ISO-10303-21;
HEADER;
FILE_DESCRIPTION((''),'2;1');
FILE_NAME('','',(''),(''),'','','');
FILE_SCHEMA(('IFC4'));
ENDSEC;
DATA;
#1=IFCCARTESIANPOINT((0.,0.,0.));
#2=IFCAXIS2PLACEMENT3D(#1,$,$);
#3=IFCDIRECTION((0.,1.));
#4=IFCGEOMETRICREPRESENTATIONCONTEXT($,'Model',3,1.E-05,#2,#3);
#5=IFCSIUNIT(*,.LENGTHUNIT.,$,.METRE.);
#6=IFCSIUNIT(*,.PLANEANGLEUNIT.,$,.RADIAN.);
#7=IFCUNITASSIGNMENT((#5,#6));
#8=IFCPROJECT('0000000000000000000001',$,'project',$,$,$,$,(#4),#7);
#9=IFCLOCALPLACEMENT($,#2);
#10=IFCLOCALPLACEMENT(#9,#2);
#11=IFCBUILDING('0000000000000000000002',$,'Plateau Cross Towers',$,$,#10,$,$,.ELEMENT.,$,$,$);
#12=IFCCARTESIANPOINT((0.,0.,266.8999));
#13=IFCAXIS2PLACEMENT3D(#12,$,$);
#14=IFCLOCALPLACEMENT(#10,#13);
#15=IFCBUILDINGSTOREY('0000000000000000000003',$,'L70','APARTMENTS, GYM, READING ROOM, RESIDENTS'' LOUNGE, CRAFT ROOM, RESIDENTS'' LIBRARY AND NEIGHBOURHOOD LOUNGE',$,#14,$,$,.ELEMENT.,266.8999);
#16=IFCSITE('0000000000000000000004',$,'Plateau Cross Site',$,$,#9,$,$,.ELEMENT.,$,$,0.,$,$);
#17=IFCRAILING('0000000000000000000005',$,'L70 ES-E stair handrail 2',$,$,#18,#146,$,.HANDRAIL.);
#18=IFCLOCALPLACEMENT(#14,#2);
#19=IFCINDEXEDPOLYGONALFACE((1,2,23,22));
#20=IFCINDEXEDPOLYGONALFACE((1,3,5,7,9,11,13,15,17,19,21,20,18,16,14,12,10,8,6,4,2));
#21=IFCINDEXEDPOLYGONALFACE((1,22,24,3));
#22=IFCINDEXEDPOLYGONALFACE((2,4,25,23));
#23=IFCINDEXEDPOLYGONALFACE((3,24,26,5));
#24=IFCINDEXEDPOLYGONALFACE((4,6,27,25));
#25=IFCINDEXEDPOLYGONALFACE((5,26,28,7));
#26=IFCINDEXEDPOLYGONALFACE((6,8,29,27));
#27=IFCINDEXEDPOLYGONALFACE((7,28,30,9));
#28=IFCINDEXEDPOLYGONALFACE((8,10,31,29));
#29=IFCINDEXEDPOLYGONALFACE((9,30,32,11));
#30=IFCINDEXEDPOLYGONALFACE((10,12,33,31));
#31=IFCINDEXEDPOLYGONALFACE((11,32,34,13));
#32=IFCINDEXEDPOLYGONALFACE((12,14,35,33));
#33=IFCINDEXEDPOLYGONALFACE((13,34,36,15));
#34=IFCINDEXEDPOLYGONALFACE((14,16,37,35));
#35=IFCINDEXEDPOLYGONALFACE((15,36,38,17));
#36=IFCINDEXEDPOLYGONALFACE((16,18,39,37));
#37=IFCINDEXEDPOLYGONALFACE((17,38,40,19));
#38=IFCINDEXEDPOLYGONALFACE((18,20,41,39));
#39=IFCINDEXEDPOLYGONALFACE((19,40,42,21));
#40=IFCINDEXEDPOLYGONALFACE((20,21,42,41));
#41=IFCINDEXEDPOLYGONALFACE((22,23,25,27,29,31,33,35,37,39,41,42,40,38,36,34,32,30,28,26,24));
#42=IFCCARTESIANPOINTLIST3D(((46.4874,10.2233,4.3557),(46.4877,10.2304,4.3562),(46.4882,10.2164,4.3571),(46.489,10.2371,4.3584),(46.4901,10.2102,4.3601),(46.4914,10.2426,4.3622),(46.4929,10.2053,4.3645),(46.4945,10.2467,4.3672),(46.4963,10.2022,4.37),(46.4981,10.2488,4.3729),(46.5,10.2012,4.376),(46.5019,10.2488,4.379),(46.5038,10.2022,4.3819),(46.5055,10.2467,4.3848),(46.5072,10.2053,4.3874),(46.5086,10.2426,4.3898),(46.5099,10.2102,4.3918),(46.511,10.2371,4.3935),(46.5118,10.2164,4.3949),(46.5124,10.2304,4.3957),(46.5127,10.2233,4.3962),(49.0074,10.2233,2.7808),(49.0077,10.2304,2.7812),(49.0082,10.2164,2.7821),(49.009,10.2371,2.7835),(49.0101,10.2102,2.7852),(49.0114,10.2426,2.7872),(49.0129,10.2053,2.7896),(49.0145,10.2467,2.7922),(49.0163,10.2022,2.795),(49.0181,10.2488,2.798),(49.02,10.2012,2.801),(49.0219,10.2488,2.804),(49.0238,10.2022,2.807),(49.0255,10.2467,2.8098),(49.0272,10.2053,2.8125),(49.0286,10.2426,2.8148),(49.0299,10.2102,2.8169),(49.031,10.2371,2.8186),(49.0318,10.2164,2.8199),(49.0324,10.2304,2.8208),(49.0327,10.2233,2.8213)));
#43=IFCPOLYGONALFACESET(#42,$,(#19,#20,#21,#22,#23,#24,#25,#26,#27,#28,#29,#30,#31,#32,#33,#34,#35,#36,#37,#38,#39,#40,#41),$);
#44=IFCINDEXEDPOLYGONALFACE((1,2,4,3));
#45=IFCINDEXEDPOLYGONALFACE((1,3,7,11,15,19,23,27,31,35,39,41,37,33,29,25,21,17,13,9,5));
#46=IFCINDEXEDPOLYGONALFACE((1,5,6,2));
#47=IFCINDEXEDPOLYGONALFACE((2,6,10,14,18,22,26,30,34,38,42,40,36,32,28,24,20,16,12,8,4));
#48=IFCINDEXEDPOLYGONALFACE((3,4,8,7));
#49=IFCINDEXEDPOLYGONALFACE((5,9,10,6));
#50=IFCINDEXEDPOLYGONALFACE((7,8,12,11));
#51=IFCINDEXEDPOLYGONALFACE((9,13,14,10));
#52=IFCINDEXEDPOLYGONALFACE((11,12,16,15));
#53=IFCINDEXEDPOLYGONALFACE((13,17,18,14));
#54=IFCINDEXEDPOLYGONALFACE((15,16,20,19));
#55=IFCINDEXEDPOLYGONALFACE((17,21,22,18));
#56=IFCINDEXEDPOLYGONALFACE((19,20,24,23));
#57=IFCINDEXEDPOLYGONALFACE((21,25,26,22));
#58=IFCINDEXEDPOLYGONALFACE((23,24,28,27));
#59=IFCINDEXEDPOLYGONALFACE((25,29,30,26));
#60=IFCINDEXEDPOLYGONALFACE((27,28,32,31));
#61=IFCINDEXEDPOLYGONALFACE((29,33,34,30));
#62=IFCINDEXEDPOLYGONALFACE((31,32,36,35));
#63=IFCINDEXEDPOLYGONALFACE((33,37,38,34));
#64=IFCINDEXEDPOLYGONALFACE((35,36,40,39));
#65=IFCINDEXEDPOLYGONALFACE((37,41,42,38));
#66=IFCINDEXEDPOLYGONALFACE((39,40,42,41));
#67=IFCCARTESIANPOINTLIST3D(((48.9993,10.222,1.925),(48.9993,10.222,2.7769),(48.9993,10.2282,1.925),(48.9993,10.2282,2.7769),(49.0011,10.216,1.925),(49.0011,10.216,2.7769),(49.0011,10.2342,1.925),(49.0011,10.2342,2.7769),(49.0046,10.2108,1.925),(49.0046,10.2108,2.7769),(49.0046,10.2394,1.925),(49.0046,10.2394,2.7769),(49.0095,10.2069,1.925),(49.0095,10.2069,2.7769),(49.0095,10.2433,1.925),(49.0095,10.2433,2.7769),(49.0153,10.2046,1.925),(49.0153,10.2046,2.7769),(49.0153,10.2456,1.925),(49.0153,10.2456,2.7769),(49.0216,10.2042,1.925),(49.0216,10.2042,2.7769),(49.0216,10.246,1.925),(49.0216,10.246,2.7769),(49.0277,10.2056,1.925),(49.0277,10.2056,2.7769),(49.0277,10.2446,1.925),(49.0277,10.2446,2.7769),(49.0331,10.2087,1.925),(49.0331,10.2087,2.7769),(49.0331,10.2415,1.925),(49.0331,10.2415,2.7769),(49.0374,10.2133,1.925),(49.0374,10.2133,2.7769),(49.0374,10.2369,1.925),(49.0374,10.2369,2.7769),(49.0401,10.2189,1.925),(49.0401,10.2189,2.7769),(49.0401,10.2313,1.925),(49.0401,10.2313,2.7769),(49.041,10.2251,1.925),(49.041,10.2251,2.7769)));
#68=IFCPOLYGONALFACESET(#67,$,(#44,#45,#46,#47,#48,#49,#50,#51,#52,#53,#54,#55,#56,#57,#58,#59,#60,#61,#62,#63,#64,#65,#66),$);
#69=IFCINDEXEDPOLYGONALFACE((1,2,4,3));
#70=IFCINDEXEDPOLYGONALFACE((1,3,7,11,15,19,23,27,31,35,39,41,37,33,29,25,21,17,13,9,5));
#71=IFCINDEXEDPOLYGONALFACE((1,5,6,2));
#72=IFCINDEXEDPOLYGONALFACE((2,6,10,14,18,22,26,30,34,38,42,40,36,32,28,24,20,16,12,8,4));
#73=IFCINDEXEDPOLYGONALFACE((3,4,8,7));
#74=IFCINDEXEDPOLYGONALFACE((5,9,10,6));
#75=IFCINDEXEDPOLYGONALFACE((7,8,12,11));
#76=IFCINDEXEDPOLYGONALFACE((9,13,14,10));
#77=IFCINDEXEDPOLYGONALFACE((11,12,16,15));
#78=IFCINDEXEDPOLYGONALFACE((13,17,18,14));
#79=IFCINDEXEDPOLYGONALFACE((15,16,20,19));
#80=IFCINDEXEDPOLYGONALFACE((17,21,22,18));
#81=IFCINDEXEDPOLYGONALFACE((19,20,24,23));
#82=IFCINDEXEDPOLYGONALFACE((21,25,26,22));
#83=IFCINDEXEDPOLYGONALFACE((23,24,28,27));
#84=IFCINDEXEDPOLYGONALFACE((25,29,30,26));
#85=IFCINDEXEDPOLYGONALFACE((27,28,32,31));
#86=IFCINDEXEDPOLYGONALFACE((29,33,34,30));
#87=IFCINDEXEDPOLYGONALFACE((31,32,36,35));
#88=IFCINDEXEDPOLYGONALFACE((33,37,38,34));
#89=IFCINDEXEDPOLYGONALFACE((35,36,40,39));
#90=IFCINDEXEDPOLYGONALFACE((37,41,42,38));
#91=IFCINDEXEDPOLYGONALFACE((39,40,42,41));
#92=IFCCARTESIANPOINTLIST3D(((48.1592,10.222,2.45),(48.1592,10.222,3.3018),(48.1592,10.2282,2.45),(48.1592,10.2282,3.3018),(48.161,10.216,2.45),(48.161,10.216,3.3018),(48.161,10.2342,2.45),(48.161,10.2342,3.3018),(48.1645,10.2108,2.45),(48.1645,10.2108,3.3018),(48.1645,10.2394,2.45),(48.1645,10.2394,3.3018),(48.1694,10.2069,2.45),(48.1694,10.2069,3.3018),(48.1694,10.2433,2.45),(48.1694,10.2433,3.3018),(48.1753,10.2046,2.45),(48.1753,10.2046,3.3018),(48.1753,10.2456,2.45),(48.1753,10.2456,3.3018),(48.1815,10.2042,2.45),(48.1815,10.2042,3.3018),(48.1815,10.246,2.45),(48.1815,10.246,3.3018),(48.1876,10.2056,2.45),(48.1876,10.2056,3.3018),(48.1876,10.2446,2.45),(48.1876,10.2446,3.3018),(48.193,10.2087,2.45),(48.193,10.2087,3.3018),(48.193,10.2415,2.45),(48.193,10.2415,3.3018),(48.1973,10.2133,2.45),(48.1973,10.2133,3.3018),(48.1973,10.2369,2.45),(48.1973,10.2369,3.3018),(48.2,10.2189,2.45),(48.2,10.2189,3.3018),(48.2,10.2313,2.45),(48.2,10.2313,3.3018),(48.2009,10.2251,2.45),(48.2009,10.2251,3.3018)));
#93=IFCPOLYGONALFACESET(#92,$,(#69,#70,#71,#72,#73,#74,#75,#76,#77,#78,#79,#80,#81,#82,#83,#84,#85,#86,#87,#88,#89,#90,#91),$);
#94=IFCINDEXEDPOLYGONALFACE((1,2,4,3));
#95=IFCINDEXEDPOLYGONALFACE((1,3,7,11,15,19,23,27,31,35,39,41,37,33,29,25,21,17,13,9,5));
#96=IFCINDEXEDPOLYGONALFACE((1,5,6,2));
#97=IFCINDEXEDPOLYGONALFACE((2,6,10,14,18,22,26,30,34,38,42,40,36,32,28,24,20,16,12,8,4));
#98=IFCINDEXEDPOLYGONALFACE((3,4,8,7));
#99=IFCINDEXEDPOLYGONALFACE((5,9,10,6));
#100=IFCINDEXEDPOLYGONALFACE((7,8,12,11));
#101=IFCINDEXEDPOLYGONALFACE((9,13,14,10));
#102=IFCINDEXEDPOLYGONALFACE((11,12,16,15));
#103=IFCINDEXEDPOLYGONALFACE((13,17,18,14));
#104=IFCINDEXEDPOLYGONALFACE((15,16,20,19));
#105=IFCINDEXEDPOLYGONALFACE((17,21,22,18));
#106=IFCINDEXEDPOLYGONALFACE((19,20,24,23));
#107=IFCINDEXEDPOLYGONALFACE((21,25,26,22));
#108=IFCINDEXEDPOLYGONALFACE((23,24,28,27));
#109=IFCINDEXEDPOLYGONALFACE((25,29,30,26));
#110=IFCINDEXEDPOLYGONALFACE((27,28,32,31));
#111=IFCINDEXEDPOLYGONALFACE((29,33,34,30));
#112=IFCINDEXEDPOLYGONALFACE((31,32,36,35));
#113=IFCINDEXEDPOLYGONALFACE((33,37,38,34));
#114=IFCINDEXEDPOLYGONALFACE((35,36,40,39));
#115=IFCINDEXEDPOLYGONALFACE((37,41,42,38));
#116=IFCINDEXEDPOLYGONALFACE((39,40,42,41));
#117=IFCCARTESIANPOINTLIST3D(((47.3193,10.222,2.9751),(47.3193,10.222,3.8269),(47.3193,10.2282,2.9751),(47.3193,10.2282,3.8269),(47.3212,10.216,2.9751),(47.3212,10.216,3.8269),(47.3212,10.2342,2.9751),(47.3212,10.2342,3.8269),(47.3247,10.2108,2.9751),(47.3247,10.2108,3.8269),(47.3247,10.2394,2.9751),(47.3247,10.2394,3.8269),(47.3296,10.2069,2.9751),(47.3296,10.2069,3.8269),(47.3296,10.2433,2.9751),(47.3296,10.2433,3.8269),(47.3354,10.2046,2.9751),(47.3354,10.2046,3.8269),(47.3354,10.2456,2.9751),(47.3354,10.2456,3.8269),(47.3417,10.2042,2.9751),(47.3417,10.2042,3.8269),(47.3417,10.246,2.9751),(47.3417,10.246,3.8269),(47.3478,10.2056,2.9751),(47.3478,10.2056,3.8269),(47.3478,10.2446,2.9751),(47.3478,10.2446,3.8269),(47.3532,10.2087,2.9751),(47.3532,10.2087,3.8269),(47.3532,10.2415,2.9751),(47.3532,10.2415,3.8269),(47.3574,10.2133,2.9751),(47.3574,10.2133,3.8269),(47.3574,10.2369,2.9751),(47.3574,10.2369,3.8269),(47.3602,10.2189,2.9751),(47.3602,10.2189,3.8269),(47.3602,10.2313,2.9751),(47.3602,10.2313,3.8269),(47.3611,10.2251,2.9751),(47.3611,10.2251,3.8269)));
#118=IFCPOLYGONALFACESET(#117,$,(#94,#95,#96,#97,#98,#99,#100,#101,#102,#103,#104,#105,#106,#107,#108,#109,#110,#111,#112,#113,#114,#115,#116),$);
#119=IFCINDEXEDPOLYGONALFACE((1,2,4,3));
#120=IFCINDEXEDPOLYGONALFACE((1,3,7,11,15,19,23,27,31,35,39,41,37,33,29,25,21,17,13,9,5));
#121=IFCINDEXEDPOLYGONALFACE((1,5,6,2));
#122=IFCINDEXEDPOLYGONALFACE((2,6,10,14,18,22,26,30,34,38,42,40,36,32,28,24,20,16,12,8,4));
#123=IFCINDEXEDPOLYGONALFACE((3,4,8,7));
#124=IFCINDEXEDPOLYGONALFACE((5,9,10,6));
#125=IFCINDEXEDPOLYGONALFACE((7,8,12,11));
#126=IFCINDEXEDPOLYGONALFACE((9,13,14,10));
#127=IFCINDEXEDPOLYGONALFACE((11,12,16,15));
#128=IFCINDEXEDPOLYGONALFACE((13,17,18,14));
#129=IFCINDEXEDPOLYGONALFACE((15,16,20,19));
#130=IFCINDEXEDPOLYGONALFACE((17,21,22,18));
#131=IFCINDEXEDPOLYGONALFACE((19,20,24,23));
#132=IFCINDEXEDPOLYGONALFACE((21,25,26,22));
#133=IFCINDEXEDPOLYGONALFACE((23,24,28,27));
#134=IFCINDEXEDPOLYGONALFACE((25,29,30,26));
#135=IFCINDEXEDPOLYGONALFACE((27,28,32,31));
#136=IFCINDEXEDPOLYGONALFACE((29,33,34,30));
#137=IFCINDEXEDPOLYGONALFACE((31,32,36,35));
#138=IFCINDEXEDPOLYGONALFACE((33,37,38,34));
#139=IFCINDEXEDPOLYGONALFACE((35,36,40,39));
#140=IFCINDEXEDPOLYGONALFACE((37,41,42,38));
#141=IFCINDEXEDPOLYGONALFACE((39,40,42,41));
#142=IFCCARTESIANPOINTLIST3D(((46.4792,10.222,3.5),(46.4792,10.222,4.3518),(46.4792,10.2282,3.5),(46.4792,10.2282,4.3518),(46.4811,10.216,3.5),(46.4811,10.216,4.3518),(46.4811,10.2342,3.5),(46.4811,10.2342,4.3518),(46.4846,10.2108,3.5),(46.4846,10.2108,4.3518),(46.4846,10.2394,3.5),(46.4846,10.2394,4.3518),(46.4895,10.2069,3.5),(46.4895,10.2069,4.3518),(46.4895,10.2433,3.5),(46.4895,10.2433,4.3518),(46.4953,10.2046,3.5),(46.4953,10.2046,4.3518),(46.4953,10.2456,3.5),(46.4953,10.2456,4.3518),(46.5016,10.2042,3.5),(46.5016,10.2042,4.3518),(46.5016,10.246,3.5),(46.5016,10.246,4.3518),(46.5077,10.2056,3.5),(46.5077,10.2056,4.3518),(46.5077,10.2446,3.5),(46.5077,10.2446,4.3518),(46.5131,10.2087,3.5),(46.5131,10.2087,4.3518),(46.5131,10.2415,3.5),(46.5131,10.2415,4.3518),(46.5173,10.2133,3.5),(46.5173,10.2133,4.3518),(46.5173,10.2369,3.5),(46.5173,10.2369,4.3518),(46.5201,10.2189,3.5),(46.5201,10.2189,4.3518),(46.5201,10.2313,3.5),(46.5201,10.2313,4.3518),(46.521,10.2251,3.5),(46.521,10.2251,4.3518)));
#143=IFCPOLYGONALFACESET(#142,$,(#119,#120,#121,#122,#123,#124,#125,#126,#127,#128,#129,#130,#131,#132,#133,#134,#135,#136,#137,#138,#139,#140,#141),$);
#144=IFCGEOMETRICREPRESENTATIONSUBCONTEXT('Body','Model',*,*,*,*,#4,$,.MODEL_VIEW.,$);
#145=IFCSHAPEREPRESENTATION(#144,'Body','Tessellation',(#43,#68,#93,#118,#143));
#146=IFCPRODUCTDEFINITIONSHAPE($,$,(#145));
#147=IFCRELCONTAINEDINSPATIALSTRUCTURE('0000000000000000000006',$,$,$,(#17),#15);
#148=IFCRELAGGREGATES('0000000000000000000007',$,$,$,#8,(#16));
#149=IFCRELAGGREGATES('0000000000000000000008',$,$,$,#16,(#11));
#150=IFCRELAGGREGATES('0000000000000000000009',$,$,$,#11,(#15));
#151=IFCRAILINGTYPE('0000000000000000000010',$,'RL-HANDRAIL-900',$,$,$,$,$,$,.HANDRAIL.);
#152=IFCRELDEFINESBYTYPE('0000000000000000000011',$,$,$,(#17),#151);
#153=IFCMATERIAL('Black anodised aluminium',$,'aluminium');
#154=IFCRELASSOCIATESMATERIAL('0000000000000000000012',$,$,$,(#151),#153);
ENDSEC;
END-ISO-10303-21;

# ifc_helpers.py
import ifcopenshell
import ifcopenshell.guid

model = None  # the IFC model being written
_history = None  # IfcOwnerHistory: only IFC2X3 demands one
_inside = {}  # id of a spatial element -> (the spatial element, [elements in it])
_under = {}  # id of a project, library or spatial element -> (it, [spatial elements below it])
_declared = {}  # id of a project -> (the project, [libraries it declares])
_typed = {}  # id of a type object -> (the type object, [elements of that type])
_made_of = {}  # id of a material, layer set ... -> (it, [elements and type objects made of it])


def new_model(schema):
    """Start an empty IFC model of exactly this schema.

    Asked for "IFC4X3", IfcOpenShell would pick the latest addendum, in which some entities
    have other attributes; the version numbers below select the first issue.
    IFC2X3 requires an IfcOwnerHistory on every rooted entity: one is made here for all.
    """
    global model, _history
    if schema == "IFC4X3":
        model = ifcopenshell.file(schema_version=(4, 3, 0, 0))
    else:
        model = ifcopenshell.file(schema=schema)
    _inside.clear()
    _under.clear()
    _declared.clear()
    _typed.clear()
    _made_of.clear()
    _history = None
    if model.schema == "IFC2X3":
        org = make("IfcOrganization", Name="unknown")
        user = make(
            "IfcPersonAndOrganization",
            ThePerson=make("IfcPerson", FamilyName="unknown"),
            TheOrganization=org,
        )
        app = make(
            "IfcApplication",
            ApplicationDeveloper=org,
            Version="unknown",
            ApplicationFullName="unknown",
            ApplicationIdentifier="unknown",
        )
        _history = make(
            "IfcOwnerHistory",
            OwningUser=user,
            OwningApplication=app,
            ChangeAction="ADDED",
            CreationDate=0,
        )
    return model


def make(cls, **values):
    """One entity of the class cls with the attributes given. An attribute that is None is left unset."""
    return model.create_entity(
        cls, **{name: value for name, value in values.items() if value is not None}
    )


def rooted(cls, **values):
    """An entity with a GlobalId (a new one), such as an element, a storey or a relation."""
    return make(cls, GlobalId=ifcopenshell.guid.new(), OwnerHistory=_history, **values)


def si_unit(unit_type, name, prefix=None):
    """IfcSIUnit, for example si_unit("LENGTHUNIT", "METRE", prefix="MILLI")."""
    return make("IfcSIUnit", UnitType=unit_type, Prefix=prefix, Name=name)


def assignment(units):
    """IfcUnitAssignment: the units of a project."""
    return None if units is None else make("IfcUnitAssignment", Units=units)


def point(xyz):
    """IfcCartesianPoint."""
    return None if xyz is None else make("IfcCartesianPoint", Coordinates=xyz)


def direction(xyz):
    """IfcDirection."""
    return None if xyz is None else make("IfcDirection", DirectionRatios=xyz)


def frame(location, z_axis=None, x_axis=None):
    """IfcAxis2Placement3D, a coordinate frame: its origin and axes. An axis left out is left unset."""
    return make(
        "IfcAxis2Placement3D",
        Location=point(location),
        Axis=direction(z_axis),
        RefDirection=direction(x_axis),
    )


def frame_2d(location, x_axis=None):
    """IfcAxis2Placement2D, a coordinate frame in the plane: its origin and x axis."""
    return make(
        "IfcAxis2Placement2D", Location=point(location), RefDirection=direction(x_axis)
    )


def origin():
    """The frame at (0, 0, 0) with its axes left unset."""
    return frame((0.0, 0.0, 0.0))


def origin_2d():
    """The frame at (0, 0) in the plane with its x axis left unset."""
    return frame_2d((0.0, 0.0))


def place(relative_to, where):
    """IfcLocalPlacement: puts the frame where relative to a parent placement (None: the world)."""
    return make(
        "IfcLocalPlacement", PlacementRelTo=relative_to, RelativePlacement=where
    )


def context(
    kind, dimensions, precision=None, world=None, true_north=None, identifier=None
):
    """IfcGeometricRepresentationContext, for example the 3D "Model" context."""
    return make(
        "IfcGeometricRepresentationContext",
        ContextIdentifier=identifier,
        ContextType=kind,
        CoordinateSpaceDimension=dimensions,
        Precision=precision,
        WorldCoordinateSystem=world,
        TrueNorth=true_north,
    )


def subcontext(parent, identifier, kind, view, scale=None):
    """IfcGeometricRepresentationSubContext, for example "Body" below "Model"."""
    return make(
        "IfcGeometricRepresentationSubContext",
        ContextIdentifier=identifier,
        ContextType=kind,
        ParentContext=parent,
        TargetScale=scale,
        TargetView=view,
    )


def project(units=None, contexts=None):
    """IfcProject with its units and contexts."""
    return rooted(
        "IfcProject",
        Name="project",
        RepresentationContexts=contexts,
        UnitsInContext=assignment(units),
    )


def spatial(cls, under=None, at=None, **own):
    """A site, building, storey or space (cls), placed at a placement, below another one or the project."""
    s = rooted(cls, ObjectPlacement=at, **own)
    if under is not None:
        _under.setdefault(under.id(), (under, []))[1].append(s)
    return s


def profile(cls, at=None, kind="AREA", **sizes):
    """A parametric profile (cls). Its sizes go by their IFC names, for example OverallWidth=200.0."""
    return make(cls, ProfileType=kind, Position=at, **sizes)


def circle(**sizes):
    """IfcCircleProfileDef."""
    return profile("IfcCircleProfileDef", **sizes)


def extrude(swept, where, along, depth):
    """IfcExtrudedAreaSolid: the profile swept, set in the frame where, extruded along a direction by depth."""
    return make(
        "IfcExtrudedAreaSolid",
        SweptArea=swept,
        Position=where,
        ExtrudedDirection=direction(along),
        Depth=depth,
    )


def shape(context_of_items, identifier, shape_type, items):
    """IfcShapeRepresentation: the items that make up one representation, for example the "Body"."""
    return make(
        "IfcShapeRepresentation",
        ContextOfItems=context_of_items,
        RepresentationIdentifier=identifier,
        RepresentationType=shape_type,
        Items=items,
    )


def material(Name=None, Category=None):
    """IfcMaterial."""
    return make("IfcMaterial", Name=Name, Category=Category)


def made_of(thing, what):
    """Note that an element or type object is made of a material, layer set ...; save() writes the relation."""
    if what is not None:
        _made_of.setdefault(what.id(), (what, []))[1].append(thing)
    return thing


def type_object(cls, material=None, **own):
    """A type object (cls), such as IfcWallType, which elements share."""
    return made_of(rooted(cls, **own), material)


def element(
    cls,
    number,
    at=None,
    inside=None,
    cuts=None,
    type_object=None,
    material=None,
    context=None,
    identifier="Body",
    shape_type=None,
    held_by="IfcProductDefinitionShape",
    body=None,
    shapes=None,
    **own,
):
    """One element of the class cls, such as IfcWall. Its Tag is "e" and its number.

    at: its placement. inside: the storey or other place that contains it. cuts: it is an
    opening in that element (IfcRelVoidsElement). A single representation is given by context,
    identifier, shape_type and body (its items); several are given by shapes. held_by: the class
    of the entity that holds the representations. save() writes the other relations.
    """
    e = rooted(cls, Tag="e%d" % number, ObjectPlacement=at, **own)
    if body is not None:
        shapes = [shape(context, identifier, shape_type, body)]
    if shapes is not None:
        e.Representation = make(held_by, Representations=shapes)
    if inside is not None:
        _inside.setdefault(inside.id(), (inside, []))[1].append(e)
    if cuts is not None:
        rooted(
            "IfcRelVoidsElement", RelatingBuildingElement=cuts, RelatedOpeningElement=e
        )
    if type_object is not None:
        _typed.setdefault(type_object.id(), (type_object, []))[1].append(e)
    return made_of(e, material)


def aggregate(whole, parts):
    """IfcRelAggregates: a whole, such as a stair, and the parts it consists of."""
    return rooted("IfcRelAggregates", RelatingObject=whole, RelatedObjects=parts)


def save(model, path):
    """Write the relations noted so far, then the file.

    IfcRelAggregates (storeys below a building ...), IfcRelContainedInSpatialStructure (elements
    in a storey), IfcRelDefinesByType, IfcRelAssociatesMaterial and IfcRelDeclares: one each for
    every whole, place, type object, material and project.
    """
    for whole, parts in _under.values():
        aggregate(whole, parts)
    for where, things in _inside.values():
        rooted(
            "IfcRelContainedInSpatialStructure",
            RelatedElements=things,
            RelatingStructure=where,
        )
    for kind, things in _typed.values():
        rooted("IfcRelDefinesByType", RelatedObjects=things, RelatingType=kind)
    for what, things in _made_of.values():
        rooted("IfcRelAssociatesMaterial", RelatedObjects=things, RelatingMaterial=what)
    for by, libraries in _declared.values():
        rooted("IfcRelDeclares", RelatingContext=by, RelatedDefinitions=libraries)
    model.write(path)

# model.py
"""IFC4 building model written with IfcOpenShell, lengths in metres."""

from ifc_helpers import new_model, si_unit, direction, frame, origin, origin_2d, place, context, subcontext, project, spatial, circle, extrude, material, type_object, element, save


model = new_model("IFC4")

# Units and contexts
model_context = context("Model", 3, precision=1e-05, world=origin(), true_north=direction((0.0, 1.0)))
body_context = subcontext(model_context, "Body", "Model", "MODEL_VIEW")
ifc_project = project(units=[si_unit("LENGTHUNIT", "METRE"), si_unit("PLANEANGLEUNIT", "RADIAN")], contexts=[model_context])

# Site, building, storey
site_placement = place(None, origin())
site = spatial("IfcSite", under=ifc_project, at=site_placement, Name="Plateau Cross Site", CompositionType="ELEMENT", RefElevation=0.0)
building_placement = place(site_placement, origin())
building = spatial("IfcBuilding", under=site, at=building_placement, Name="Plateau Cross Towers", CompositionType="ELEMENT")
storey_placement = place(building_placement, frame((0.0, 0.0, 266.8999)))
storey = spatial("IfcBuildingStorey", under=building, at=storey_placement, Name="L70", Description="APARTMENTS, GYM, READING ROOM, RESIDENTS' LOUNGE, CRAFT ROOM, RESIDENTS' LIBRARY AND NEIGHBOURHOOD LOUNGE", CompositionType="ELEMENT", Elevation=266.8999)

# Shared definitions
ifc_material_1 = material(Name="Black anodised aluminium", Category="aluminium")

# Railing
railing_type_1 = type_object("IfcRailingType", Name="RL-HANDRAIL-900", PredefinedType="HANDRAIL", material=ifc_material_1)
railing_1_placement = place(storey_placement, frame((49.02, 10.2251, 1.925)))
element("IfcRailing", 1, at=railing_1_placement, inside=storey, type_object=railing_type_1, Name="L70 ES-E stair handrail 2", PredefinedType="HANDRAIL", context=body_context, shape_type="SweptSolid", body=[
    extrude(circle(Radius=0.0239, at=origin_2d()), frame((0.0, 0.0, 0.876), z_axis=(-0.848008, 0.0, 0.529984), x_axis=(0.0, -1.0, 0.0)), (0.0, 0.0, 1.0), 2.9717),
    extrude(circle(Radius=0.021, at=origin_2d()), origin(), (0.0, 0.0, 1.0), 0.8518),
    extrude(circle(Radius=0.021, at=origin_2d()), frame((-0.8401, 0.0, 0.5249)), (0.0, 0.0, 1.0), 0.8518),
    extrude(circle(Radius=0.021, at=origin_2d()), frame((-1.6799, 0.0, 1.05)), (0.0, 0.0, 1.0), 0.8518),
    extrude(circle(Radius=0.021, at=origin_2d()), frame((-2.52, 0.0, 1.575)), (0.0, 0.0, 1.0), 0.8518),
])

save(model, "model.ifc")
